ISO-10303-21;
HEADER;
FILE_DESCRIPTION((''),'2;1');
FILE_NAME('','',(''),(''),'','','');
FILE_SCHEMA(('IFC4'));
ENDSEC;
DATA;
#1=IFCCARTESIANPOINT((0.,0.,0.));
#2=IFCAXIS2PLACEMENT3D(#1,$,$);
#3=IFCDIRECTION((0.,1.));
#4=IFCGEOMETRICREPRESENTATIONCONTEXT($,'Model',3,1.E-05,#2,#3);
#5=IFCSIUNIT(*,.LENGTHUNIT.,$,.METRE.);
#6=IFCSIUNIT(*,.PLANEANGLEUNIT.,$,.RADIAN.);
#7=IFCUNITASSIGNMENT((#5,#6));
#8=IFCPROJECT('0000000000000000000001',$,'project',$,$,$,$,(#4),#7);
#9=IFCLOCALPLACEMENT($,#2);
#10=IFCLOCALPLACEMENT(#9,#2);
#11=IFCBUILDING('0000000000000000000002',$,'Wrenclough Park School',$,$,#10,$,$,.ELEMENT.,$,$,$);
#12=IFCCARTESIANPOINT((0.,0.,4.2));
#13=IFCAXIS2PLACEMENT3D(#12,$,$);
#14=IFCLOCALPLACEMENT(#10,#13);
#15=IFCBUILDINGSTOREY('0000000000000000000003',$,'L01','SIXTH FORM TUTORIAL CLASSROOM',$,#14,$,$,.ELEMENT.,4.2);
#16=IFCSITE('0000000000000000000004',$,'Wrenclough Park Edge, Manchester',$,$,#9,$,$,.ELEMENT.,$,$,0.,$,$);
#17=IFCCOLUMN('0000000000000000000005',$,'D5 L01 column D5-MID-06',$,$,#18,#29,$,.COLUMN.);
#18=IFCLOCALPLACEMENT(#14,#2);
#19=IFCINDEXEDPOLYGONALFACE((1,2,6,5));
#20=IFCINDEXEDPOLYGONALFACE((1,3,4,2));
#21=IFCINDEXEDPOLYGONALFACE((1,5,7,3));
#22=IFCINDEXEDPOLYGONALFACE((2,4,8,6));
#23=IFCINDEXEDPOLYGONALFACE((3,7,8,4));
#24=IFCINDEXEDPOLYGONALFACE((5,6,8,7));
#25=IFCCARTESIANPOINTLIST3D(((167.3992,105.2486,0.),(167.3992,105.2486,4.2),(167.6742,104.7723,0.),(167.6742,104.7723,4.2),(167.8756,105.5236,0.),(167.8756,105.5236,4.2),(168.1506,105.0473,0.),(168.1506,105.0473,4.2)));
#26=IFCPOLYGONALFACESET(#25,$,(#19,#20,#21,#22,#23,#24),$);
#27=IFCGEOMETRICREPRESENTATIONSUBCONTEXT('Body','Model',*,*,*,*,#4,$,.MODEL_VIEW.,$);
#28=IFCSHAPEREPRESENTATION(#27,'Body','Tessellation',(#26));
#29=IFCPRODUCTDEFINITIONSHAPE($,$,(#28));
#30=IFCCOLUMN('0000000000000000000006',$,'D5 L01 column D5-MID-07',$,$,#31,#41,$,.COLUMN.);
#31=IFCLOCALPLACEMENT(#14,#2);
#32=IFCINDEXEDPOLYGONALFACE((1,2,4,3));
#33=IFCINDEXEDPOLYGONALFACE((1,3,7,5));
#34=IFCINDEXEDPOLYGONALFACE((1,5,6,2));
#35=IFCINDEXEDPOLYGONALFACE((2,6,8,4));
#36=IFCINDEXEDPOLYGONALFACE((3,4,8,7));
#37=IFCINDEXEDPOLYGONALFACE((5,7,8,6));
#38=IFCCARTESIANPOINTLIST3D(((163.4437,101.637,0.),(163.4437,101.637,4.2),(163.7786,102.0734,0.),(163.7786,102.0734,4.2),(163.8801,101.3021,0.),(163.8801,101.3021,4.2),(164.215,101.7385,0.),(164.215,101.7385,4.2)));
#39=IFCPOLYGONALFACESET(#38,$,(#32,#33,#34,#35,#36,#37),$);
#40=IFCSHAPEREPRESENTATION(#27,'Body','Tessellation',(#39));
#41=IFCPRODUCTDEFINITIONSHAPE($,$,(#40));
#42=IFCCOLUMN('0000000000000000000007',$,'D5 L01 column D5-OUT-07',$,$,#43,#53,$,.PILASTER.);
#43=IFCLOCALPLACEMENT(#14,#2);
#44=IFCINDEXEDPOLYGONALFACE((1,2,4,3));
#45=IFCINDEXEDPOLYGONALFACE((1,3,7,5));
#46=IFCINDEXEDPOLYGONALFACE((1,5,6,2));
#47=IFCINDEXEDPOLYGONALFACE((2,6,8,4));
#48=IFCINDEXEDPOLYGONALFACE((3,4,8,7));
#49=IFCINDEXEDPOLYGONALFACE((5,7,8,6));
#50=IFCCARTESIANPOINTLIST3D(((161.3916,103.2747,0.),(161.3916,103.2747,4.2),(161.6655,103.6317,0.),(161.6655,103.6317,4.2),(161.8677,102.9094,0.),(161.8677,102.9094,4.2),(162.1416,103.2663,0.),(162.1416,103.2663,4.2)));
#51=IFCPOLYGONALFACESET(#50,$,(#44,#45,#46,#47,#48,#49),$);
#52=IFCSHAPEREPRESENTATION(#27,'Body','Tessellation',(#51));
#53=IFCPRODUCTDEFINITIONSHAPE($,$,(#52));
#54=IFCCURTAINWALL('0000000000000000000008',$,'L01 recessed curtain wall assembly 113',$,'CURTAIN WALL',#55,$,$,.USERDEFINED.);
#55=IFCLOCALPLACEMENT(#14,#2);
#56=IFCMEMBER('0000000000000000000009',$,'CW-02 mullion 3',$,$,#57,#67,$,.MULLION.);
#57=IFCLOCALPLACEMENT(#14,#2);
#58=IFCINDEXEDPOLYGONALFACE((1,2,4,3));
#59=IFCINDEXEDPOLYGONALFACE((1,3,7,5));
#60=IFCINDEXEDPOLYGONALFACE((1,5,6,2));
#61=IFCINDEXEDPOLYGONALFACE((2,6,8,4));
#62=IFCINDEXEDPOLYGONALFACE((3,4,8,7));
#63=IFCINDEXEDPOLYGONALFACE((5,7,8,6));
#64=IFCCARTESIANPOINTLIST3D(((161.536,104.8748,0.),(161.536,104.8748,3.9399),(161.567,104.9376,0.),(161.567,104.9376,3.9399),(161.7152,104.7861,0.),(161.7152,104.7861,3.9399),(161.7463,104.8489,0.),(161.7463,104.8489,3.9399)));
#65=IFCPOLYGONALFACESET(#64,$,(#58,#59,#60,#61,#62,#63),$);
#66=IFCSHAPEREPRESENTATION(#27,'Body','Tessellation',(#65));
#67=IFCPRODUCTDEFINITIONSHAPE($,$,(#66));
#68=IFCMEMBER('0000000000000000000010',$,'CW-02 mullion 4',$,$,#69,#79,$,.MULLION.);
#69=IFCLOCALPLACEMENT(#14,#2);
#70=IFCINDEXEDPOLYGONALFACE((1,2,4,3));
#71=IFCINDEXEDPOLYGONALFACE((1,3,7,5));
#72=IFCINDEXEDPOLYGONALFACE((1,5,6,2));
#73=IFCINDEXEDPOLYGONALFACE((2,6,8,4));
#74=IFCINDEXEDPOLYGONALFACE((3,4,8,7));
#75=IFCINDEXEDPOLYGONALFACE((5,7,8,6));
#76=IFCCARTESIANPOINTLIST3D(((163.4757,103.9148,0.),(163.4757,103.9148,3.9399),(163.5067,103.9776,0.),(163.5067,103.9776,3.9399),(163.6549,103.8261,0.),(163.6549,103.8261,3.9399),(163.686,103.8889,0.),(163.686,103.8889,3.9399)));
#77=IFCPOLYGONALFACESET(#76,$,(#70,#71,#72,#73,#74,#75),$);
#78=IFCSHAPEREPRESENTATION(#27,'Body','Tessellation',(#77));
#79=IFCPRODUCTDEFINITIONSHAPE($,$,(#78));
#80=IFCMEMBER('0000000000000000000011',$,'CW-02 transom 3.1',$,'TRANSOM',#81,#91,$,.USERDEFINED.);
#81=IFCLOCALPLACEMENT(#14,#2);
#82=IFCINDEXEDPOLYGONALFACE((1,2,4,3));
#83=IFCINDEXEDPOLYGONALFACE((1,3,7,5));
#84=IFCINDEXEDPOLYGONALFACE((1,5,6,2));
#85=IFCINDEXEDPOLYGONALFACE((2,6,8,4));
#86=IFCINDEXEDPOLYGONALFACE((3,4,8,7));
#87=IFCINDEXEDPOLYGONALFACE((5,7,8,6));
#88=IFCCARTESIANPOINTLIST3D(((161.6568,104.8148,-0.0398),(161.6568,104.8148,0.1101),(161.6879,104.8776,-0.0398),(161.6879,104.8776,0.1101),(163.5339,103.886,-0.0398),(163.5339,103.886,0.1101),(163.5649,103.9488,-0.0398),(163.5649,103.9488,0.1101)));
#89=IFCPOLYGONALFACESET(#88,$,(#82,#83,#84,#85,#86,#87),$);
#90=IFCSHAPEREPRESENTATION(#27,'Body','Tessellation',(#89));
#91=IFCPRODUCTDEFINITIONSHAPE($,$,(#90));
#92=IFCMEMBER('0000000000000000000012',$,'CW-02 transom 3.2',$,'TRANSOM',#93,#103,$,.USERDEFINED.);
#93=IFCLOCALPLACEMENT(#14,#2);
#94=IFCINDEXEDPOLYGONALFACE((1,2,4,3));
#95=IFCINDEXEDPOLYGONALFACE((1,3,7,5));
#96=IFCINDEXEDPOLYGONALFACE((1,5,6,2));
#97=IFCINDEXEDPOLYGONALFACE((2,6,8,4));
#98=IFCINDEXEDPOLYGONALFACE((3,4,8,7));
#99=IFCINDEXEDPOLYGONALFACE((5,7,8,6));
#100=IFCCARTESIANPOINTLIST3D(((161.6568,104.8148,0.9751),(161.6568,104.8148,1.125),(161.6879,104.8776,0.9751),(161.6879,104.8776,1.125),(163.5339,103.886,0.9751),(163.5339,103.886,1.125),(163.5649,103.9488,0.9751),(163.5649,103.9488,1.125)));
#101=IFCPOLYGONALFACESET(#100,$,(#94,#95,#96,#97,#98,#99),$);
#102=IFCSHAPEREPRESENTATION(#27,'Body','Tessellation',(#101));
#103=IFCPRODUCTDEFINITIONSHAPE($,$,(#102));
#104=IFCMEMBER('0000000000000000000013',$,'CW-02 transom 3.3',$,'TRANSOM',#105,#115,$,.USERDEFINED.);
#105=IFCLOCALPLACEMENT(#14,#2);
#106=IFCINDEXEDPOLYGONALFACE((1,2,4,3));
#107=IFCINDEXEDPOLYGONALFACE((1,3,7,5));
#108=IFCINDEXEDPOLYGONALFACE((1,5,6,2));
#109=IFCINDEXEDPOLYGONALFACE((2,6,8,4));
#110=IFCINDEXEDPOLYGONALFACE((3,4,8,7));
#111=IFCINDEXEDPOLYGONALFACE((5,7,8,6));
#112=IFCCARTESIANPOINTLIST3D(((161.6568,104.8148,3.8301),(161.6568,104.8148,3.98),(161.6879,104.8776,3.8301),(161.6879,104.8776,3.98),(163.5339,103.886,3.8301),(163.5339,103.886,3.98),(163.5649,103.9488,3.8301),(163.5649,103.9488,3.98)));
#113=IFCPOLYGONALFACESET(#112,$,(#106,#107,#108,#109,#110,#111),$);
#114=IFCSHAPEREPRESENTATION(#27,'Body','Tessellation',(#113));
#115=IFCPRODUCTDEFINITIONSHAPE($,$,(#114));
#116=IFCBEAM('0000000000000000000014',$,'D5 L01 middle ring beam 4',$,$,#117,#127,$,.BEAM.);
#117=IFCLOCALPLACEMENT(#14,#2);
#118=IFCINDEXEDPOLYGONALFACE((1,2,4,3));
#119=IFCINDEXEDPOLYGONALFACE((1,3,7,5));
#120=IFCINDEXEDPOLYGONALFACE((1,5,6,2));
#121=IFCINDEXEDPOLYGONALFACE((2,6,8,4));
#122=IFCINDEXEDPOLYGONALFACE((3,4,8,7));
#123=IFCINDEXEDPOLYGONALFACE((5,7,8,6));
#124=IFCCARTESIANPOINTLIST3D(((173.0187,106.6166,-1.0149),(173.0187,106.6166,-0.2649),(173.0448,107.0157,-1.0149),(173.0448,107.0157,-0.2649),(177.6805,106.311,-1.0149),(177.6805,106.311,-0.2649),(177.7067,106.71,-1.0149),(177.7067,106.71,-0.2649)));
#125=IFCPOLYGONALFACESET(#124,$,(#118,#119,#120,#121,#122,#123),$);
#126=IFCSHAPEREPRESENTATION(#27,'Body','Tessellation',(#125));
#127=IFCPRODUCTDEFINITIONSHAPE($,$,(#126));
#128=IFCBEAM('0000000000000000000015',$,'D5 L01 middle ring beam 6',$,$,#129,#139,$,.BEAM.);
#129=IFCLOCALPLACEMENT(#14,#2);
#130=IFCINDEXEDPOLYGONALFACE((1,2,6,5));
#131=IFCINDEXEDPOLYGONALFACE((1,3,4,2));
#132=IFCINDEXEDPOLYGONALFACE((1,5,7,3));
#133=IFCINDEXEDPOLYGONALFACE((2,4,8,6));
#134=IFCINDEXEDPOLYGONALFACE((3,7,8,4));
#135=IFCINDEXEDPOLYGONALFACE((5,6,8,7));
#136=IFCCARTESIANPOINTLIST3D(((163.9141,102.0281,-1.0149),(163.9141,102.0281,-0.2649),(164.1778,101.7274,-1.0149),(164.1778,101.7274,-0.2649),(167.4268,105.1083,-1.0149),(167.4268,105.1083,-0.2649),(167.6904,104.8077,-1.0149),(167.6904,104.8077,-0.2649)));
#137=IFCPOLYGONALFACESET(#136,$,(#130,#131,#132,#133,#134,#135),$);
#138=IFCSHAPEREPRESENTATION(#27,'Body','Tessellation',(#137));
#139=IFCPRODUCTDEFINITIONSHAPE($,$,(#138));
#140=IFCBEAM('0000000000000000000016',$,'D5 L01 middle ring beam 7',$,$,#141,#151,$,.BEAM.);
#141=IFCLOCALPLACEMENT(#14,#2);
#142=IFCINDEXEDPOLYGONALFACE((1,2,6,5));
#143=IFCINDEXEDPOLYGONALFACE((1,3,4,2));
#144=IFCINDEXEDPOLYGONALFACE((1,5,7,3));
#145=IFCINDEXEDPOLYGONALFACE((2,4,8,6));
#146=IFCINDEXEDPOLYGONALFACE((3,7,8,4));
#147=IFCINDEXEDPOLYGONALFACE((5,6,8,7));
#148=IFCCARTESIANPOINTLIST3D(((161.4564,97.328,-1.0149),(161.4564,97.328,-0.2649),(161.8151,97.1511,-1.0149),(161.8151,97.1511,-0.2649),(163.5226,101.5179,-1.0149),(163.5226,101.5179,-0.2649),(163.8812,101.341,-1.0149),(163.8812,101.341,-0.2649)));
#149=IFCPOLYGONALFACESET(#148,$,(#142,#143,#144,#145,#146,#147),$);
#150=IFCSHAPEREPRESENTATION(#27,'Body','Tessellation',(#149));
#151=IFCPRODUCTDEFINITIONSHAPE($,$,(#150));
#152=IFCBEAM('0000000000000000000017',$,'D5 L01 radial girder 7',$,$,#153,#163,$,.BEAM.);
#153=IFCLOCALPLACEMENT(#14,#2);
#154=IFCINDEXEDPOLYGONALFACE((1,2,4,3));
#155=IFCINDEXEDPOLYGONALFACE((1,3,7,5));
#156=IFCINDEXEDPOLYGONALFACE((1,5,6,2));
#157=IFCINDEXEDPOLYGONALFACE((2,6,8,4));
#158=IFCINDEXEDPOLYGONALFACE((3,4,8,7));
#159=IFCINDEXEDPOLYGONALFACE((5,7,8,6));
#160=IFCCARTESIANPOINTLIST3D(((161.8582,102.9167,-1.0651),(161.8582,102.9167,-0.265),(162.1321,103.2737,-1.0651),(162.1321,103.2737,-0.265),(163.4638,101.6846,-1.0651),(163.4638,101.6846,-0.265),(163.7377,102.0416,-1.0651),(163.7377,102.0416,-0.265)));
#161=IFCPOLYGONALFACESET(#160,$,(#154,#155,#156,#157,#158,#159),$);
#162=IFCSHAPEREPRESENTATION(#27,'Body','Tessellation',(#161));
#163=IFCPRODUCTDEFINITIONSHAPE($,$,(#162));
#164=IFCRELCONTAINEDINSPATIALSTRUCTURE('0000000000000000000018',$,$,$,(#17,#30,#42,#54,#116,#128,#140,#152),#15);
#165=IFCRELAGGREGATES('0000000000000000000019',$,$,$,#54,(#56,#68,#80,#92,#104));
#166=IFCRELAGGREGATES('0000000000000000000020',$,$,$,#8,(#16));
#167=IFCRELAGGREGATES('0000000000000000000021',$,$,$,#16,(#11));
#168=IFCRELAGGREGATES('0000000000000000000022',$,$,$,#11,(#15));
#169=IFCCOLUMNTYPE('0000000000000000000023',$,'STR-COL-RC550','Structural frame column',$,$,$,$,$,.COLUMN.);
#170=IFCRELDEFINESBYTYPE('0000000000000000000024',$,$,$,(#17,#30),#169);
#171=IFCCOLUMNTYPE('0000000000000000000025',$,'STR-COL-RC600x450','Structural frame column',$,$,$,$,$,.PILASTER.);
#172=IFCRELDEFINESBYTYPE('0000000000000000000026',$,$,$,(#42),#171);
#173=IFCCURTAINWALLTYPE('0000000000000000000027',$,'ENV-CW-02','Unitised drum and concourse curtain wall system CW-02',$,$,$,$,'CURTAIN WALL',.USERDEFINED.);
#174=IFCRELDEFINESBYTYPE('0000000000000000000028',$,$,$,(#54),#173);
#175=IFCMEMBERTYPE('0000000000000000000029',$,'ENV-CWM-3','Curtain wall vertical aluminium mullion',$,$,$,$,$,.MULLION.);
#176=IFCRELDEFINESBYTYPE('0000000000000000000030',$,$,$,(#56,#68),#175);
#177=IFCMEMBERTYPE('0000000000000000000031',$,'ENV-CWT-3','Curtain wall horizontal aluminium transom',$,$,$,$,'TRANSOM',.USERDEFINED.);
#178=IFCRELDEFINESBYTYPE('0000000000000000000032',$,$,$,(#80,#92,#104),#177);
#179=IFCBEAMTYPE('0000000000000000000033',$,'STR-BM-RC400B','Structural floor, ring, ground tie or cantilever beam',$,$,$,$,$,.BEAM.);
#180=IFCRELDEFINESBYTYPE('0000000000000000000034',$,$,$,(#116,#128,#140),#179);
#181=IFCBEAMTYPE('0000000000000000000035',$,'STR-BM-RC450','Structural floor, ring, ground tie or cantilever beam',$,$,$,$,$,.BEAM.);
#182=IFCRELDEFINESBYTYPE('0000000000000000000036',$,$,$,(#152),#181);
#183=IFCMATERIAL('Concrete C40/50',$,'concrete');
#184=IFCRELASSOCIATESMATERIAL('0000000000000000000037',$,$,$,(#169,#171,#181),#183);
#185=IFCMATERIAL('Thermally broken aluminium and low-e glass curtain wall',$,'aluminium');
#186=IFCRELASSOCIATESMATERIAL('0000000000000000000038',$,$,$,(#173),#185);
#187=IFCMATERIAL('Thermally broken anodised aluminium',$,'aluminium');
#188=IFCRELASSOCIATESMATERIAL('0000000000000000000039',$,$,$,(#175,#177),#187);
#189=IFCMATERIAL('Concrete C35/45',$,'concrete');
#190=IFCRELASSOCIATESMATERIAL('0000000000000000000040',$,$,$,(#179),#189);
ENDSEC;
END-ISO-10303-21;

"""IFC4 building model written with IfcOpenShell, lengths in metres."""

from ifc_helpers import new_model, si_unit, direction, frame, origin, origin_2d, place, context, subcontext, project, spatial, rectangle, extrude, material, material_profile, profile_set, type_object, element, aggregate, save


model = new_model("IFC4")

# Units and contexts
model_context = context("Model", 3, precision=1e-05, world=origin(), true_north=direction((0.0, 1.0)))
body_context = subcontext(model_context, "Body", "Model", "MODEL_VIEW")
ifc_project = project(units=[si_unit("LENGTHUNIT", "METRE"), si_unit("PLANEANGLEUNIT", "RADIAN")], contexts=[model_context])

# Site, building, storey
site_placement = place(None, origin())
site = spatial("IfcSite", under=ifc_project, at=site_placement, Name="Wrenclough Park Edge, Manchester", CompositionType="ELEMENT", RefElevation=0.0)
building_placement = place(site_placement, origin())
building = spatial("IfcBuilding", under=site, at=building_placement, Name="Wrenclough Park School", CompositionType="ELEMENT")
storey_placement = place(building_placement, frame((0.0, 0.0, 4.2)))
storey = spatial("IfcBuildingStorey", under=building, at=storey_placement, Name="L01", Description="SIXTH FORM TUTORIAL CLASSROOM", CompositionType="ELEMENT", Elevation=4.2)

# Columns
ifc_material_1 = material(Name="Concrete C40/50", Category="concrete")
ifc_material_profile_1 = material_profile(ifc_material_1, rectangle(XDim=0.55, YDim=0.55, at=origin_2d()), Name="RC COL 550x550")
ifc_profile_set_1 = profile_set([ifc_material_profile_1], Name="Concrete C40/50")
column_type_1 = type_object("IfcColumnType", Name="STR-COL-RC550", Description="Structural frame column", PredefinedType="COLUMN", material=ifc_profile_set_1)
for number, where, z_axis, x_axis, name in (
    (1, (167.7749, 105.1479, 0.0), (0.0, 0.0, 1.0), (-0.866025, -0.5, 0.0), "D5 L01 column D5-MID-06"),
    (2, (163.8293, 101.6877, 0.0), (0.0, 0.0, 1.0), (-0.608761, -0.793353, 0.0), "D5 L01 column D5-MID-07"),
):
    element("IfcColumn", number, at=place(storey_placement, frame(where, z_axis=z_axis, x_axis=x_axis)), inside=storey, type_object=column_type_1, Name=name, PredefinedType="COLUMN", context=body_context, shape_type="SweptSolid", body=[
        extrude(rectangle(XDim=0.55, YDim=0.55, at=origin_2d()), origin(), (0.0, 0.0, 1.0), 4.2),
    ])
ifc_material_profile_2 = material_profile(ifc_material_1, rectangle(XDim=0.45, YDim=0.6001, at=origin_2d()), Name="RC COL 600x450")
ifc_profile_set_2 = profile_set([ifc_material_profile_2], Name="Concrete C40/50")
column_type_2 = type_object("IfcColumnType", Name="STR-COL-RC600x450", Description="Structural frame column", PredefinedType="PILASTER", material=ifc_profile_set_2)
column_placement = place(storey_placement, frame((161.7666, 103.2705, 0.0), z_axis=(0.0, 0.0, 1.0), x_axis=(-0.608761, -0.793353, 0.0)))
element("IfcColumn", 3, at=column_placement, inside=storey, type_object=column_type_2, Name="D5 L01 column D5-OUT-07", PredefinedType="PILASTER", context=body_context, shape_type="SweptSolid", body=[
    extrude(rectangle(XDim=0.45, YDim=0.6001, at=origin_2d()), origin(), (0.0, 0.0, 1.0), 4.2),
])

# Curtain wall, members
ifc_material_2 = material(Name="Thermally broken aluminium and low-e glass curtain wall", Category="aluminium")
curtain_wall_type = type_object("IfcCurtainWallType", Name="ENV-CW-02", Description="Unitised drum and concourse curtain wall system CW-02", ElementType="CURTAIN WALL", PredefinedType="USERDEFINED", material=ifc_material_2)
curtain_wall_placement = place(storey_placement, origin())
curtain_wall = element("IfcCurtainWall", 4, at=curtain_wall_placement, inside=storey, type_object=curtain_wall_type, Name="L01 recessed curtain wall assembly 113", ObjectType="CURTAIN WALL", PredefinedType="USERDEFINED")
ifc_material_3 = material(Name="Thermally broken anodised aluminium", Category="aluminium")
ifc_material_profile_3 = material_profile(ifc_material_3, rectangle(XDim=0.0701, YDim=0.2, at=origin_2d()), Name="AL MULLION 70x200")
ifc_profile_set_3 = profile_set([ifc_material_profile_3], Name="Thermally broken anodised aluminium")
member_type_1 = type_object("IfcMemberType", Name="ENV-CWM-3", Description="Curtain wall vertical aluminium mullion", PredefinedType="MULLION", material=ifc_profile_set_3)
member_1_placement = place(storey_placement, frame((161.6411, 104.8618, 0.0), z_axis=(0.0, 0.0, 1.0), x_axis=(0.443511, 0.896269, 0.0)))
member_1 = element("IfcMember", 5, at=member_1_placement, type_object=member_type_1, Name="CW-02 mullion 3", PredefinedType="MULLION", context=body_context, shape_type="SweptSolid", body=[
    extrude(rectangle(XDim=0.0701, YDim=0.2, at=origin_2d()), origin(), (0.0, 0.0, 1.0), 3.9399),
])
member_2_placement = place(storey_placement, frame((163.5808, 103.9019, 0.0), z_axis=(0.0, 0.0, 1.0), x_axis=(0.443511, 0.896269, 0.0)))
member_2 = element("IfcMember", 6, at=member_2_placement, type_object=member_type_1, Name="CW-02 mullion 4", PredefinedType="MULLION", context=body_context, shape_type="SweptSolid", body=[
    extrude(rectangle(XDim=0.0701, YDim=0.2, at=origin_2d()), origin(), (0.0, 0.0, 1.0), 3.9399),
])
ifc_material_profile_4 = material_profile(ifc_material_3, rectangle(XDim=0.0701, YDim=0.1499, at=origin_2d()), Name="AL TRANSOM 70x150")
ifc_profile_set_4 = profile_set([ifc_material_profile_4], Name="Thermally broken anodised aluminium")
member_type_2 = type_object("IfcMemberType", Name="ENV-CWT-3", Description="Curtain wall horizontal aluminium transom", ElementType="TRANSOM", PredefinedType="USERDEFINED", material=ifc_profile_set_4)
member_3_placement = place(storey_placement, frame((161.6724, 104.8462, 0.0352), z_axis=(0.896285, -0.443479, 0.0), x_axis=(0.443479, 0.896285, 0.0)))
member_3 = element("IfcMember", 7, at=member_3_placement, type_object=member_type_2, Name="CW-02 transom 3.1", ObjectType="TRANSOM", PredefinedType="USERDEFINED", context=body_context, shape_type="SweptSolid", body=[
    extrude(rectangle(XDim=0.0701, YDim=0.1499, at=origin_2d()), origin(), (0.0, 0.0, 1.0), 2.0942),
])
member_4_placement = place(storey_placement, frame((161.6724, 104.8462, 1.05), z_axis=(0.896285, -0.443479, 0.0), x_axis=(0.443479, 0.896285, 0.0)))
member_4 = element("IfcMember", 8, at=member_4_placement, type_object=member_type_2, Name="CW-02 transom 3.2", ObjectType="TRANSOM", PredefinedType="USERDEFINED", context=body_context, shape_type="SweptSolid", body=[
    extrude(rectangle(XDim=0.0701, YDim=0.1499, at=origin_2d()), origin(), (0.0, 0.0, 1.0), 2.0942),
])
member_5_placement = place(storey_placement, frame((161.6724, 104.8462, 3.905), z_axis=(0.896285, -0.443479, 0.0), x_axis=(0.443479, 0.896285, 0.0)))
member_5 = element("IfcMember", 9, at=member_5_placement, type_object=member_type_2, Name="CW-02 transom 3.3", ObjectType="TRANSOM", PredefinedType="USERDEFINED", context=body_context, shape_type="SweptSolid", body=[
    extrude(rectangle(XDim=0.0701, YDim=0.1499, at=origin_2d()), origin(), (0.0, 0.0, 1.0), 2.0942),
])

# Beams
ifc_material_4 = material(Name="Concrete C35/45", Category="concrete")
ifc_material_profile_5 = material_profile(ifc_material_4, rectangle(XDim=0.3999, YDim=0.75, at=origin_2d()), Name="RC BEAM 400x750")
ifc_profile_set_5 = profile_set([ifc_material_profile_5], Name="Concrete C35/45")
beam_type_1 = type_object("IfcBeamType", Name="STR-BM-RC400B", Description="Structural floor, ring, ground tie or cantilever beam", PredefinedType="BEAM", material=ifc_profile_set_5)
for number, where, z_axis, x_axis, name in (
    (10, (177.6936, 106.5105, -0.6399), (-0.997857, 0.065426, 0.0), (-0.065426, -0.997857, 0.0), "D5 L01 middle ring beam 4"),
    (11, (167.5586, 104.958, -0.6399), (-0.751864, -0.659318, 0.0), (0.659318, -0.751864, 0.0), "D5 L01 middle ring beam 6"),
):
    element("IfcBeam", number, at=place(storey_placement, frame(where, z_axis=z_axis, x_axis=x_axis)), inside=storey, type_object=beam_type_1, Name=name, PredefinedType="BEAM", context=body_context, shape_type="SweptSolid", body=[
        extrude(rectangle(XDim=0.3999, YDim=0.75, at=origin_2d()), origin(), (0.0, 0.0, 1.0), 4.6719),
    ])
beam_1_placement = place(storey_placement, frame((163.7019, 101.4294, -0.6399), z_axis=(-0.442273, -0.89688, 0.0), x_axis=(0.89688, -0.442273, 0.0)))
element("IfcBeam", 12, at=beam_1_placement, inside=storey, type_object=beam_type_1, Name="D5 L01 middle ring beam 7", PredefinedType="BEAM", context=body_context, shape_type="SweptSolid", body=[
    extrude(rectangle(XDim=0.3999, YDim=0.75, at=origin_2d()), origin(), (0.0, 0.0, 1.0), 4.6716),
])
ifc_material_profile_6 = material_profile(ifc_material_1, rectangle(XDim=0.45, YDim=0.8, at=origin_2d()), Name="RC BEAM 450x800")
ifc_profile_set_6 = profile_set([ifc_material_profile_6], Name="Concrete C40/50")
beam_type_2 = type_object("IfcBeamType", Name="STR-BM-RC450", Description="Structural floor, ring, ground tie or cantilever beam", PredefinedType="BEAM", material=ifc_profile_set_6)
beam_2_placement = place(storey_placement, frame((161.9951, 103.0952, -0.665), z_axis=(0.793336, -0.608783, 0.0), x_axis=(0.608783, 0.793336, 0.0)))
element("IfcBeam", 13, at=beam_2_placement, inside=storey, type_object=beam_type_2, Name="D5 L01 radial girder 7", PredefinedType="BEAM", context=body_context, shape_type="SweptSolid", body=[
    extrude(rectangle(XDim=0.45, YDim=0.8, at=origin_2d()), origin(), (0.0, 0.0, 1.0), 2.0239),
])

aggregate(curtain_wall, [member_1, member_2, member_3, member_4, member_5])

save(model, "model.ifc")
